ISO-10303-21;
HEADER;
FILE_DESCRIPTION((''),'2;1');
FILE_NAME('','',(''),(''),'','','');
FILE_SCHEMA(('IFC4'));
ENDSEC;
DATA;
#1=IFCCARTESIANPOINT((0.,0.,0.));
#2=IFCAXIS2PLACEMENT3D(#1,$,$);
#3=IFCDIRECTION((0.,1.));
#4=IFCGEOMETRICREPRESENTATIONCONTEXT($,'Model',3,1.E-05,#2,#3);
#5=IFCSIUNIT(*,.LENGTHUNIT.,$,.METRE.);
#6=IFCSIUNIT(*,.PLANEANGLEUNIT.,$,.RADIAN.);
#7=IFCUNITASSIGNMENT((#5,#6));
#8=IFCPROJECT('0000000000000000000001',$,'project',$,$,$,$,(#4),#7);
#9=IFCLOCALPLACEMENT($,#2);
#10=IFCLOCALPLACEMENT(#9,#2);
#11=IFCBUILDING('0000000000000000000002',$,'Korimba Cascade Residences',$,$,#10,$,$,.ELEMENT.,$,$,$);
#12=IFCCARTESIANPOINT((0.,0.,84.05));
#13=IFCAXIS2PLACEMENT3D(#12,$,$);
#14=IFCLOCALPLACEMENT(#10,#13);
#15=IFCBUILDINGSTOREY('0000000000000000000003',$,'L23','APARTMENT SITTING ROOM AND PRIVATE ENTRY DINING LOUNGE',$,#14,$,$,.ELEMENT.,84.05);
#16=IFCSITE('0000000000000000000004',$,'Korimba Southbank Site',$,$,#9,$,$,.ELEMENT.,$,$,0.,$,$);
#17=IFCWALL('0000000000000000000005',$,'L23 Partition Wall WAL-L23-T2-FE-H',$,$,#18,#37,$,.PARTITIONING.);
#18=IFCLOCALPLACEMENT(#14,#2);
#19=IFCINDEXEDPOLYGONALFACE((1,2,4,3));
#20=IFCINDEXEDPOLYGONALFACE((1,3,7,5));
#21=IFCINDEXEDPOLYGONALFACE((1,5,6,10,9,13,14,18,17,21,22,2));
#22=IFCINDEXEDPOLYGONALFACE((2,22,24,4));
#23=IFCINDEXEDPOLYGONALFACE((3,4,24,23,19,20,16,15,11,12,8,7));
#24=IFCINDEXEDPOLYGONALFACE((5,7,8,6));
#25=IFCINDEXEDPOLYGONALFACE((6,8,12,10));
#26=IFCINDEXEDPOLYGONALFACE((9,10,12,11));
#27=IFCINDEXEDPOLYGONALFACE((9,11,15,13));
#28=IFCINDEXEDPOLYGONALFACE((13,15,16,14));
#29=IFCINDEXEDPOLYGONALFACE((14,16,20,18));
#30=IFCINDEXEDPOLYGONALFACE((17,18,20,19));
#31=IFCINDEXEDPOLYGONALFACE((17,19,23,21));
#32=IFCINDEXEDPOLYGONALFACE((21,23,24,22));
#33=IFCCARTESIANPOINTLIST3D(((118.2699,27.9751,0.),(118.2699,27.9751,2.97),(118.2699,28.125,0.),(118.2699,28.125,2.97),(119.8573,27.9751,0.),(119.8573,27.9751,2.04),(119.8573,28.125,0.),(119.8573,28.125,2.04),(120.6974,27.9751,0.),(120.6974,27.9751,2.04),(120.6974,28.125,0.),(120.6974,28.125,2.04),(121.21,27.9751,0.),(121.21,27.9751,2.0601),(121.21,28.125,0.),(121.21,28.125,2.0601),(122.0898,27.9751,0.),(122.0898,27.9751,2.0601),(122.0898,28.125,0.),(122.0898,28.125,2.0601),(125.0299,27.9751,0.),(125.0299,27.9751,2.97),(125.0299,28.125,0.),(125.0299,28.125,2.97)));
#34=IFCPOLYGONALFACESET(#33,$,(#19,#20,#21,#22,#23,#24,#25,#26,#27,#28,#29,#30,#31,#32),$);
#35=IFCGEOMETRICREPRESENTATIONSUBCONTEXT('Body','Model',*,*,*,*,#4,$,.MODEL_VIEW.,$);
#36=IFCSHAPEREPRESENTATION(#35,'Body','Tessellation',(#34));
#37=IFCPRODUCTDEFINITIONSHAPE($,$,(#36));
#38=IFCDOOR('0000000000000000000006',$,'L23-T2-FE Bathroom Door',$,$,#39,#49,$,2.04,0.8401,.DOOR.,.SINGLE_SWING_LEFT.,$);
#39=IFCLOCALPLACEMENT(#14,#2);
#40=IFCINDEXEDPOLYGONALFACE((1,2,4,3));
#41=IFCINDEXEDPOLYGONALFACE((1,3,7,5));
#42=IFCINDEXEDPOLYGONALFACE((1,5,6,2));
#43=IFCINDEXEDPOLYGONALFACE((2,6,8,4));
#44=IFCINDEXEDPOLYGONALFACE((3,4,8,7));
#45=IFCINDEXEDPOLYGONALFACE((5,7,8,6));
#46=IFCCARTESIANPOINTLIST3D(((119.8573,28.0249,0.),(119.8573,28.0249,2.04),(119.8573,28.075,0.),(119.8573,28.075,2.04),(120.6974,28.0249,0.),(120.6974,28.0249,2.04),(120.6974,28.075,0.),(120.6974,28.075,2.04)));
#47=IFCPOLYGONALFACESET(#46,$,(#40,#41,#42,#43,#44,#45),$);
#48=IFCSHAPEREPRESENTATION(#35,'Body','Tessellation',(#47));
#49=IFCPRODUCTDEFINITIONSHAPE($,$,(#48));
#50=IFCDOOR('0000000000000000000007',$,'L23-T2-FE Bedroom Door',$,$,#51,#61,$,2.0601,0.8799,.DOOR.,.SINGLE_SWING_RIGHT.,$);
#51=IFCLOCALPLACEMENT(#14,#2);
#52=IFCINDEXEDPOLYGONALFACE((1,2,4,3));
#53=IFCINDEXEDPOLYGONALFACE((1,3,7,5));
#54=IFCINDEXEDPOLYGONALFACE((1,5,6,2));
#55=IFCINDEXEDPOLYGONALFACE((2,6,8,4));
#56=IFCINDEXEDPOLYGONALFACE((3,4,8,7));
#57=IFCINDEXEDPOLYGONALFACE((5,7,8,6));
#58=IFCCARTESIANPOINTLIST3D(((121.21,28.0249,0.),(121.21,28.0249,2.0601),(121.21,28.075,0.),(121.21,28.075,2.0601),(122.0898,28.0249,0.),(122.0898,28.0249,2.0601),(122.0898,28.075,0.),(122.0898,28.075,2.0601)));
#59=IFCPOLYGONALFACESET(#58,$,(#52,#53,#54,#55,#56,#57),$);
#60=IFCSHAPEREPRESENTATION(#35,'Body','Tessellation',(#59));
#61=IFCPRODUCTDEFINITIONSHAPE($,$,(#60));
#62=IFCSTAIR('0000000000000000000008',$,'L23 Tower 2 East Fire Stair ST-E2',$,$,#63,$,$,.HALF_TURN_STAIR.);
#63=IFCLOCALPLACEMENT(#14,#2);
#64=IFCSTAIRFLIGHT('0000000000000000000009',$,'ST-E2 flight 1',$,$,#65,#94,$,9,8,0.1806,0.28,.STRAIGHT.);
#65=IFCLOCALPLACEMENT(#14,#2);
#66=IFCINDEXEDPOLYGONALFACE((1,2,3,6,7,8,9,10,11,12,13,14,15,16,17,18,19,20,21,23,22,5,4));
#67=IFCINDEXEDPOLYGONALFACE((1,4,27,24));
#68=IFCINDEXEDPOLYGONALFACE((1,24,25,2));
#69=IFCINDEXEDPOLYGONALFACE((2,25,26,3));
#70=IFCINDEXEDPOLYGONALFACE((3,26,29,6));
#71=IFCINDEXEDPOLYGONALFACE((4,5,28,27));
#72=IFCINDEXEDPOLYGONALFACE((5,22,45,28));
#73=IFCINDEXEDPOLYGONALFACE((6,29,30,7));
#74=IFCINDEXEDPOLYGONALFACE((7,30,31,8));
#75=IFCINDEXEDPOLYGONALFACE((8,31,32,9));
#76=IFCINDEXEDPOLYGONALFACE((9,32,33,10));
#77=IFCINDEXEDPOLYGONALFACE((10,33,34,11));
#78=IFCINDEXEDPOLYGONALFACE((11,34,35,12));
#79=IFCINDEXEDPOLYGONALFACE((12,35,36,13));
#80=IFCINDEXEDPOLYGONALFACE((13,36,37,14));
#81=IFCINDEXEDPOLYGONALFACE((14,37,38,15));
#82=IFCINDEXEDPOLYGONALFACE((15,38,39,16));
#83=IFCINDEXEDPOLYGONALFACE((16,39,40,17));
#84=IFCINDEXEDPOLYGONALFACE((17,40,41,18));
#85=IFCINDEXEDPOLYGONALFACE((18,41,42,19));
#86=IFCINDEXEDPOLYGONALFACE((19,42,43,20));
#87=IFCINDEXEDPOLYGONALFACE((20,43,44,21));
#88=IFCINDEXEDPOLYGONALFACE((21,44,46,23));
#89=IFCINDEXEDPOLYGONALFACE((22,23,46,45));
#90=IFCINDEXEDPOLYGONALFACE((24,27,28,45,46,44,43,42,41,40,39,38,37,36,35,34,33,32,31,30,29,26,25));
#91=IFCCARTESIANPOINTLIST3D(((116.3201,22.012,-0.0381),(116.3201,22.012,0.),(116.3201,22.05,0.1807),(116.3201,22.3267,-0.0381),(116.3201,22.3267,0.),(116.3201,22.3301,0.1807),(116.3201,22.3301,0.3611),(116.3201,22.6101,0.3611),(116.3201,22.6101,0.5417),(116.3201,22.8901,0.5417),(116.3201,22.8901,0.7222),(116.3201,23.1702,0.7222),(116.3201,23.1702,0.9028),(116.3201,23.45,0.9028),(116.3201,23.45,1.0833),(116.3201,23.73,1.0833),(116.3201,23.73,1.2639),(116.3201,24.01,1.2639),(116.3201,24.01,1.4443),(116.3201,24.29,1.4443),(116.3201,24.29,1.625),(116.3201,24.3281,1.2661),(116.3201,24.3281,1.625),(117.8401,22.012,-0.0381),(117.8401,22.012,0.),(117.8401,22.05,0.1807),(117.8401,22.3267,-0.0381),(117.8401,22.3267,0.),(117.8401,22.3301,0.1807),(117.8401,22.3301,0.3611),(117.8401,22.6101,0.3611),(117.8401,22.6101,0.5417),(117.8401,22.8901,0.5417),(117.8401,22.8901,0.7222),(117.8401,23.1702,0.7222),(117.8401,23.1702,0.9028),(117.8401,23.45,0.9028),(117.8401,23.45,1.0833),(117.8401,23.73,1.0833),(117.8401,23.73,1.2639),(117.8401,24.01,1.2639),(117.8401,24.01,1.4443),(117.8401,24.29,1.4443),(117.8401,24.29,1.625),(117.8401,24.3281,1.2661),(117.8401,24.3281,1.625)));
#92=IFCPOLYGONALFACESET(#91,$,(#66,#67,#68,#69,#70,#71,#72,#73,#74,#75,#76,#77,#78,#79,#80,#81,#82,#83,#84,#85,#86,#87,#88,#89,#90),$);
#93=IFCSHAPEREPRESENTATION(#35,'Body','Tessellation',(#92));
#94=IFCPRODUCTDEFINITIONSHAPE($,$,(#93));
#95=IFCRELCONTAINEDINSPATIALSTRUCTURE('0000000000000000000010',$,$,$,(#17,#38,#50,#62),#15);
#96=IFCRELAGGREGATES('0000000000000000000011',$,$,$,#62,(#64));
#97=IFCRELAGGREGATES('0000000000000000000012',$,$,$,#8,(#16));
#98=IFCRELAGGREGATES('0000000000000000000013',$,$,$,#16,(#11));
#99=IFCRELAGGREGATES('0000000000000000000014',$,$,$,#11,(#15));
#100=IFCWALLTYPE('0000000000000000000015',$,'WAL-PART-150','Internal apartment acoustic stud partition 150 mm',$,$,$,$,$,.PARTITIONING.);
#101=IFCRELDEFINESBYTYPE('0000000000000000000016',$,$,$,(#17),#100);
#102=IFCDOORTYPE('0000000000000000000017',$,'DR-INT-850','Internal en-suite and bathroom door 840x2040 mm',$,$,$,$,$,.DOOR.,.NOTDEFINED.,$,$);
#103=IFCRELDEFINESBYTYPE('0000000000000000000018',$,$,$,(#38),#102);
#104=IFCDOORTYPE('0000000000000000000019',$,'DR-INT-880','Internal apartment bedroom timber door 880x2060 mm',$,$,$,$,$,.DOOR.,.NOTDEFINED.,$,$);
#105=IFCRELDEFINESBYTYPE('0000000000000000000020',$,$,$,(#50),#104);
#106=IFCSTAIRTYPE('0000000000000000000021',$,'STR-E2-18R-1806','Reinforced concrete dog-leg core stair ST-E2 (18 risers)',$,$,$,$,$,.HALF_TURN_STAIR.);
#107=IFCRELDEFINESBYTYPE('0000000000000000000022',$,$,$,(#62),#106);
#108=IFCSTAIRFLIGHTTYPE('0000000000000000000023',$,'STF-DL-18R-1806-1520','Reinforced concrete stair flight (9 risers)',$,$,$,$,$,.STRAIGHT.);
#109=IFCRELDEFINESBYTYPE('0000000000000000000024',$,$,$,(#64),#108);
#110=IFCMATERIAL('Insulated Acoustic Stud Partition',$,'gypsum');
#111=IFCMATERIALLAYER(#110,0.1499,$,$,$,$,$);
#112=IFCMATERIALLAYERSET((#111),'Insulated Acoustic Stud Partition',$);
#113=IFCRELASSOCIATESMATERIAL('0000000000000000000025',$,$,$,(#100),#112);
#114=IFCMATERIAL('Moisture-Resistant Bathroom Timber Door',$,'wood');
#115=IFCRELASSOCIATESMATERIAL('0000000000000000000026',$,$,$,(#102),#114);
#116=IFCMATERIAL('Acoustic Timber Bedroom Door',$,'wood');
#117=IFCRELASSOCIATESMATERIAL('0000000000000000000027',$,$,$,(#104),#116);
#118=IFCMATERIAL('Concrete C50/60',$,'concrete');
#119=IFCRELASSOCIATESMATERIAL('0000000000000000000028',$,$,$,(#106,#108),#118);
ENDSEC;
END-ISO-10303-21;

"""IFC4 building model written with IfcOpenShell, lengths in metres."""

from ifc_helpers import new_model, si_unit, direction, frame, frame_2d, origin, place, context, subcontext, project, spatial, polyline, rectangle, outline, extrude, material, layer, layer_set, type_object, element, fill, aggregate, save


model = new_model("IFC4")

# Units and contexts
model_context = context("Model", 3, precision=1e-05, world=origin(), true_north=direction((0.0, 1.0)))
body_context = subcontext(model_context, "Body", "Model", "MODEL_VIEW")
ifc_project = project(units=[si_unit("LENGTHUNIT", "METRE"), si_unit("PLANEANGLEUNIT", "RADIAN")], contexts=[model_context])

# Site, building, storey
site_placement = place(None, origin())
site = spatial("IfcSite", under=ifc_project, at=site_placement, Name="Korimba Southbank Site", CompositionType="ELEMENT", RefElevation=0.0)
building_placement = place(site_placement, origin())
building = spatial("IfcBuilding", under=site, at=building_placement, Name="Korimba Cascade Residences", CompositionType="ELEMENT")
storey_placement = place(building_placement, frame((0.0, 0.0, 84.05)))
storey = spatial("IfcBuildingStorey", under=building, at=storey_placement, Name="L23", Description="APARTMENT SITTING ROOM AND PRIVATE ENTRY DINING LOUNGE", CompositionType="ELEMENT", Elevation=84.05)

# Shared definitions
ifc_material_1 = material(Name="Insulated Acoustic Stud Partition", Category="gypsum")
ifc_layer_1 = layer(ifc_material_1, 0.1499)
ifc_layer_set_1 = layer_set([ifc_layer_1], Name="Insulated Acoustic Stud Partition")
wall_type_1 = type_object("IfcWallType", Name="WAL-PART-150", Description="Internal apartment acoustic stud partition 150 mm", PredefinedType="PARTITIONING", material=ifc_layer_set_1)
ifc_material_2 = material(Name="Moisture-Resistant Bathroom Timber Door", Category="wood")
door_type_1 = type_object("IfcDoorType", Name="DR-INT-850", Description="Internal en-suite and bathroom door 840x2040 mm", OperationType="NOTDEFINED", PredefinedType="DOOR", material=ifc_material_2)

# Wall, openings, doors
wall_1_placement = place(storey_placement, frame((118.27, 28.05, 0.0), z_axis=(0.0, 0.0, 1.0), x_axis=(1.0, 0.0, 0.0)))
wall_1 = element("IfcWall", 1, at=wall_1_placement, inside=storey, type_object=wall_type_1, Name="L23 Partition Wall WAL-L23-T2-FE-H", PredefinedType="PARTITIONING", context=body_context, shape_type="SweptSolid", body=[
    extrude(rectangle(XDim=6.76, YDim=0.1499, at=frame_2d((3.3799, 0.0))), origin(), (0.0, 0.0, 1.0), 2.97),
])
opening_1_placement = place(wall_1_placement, frame((1.5874, 0.0, 0.0)))
opening_1 = element("IfcOpeningElement", 2, at=opening_1_placement, cuts=wall_1, PredefinedType="OPENING", context=body_context, shape_type="SweptSolid", body=[
    extrude(rectangle(XDim=0.8401, YDim=2.04, at=frame_2d((0.4199, 1.02))), frame((0.0, 0.085, 0.0), z_axis=(0.0, -1.0, 0.0), x_axis=(1.0, 0.0, 0.0)), (0.0, 0.0, 1.0), 0.1699),
])
opening_2_placement = place(wall_1_placement, frame((2.9399, 0.0, 0.0)))
opening_2 = element("IfcOpeningElement", 3, at=opening_2_placement, cuts=wall_1, PredefinedType="OPENING", context=body_context, shape_type="SweptSolid", body=[
    extrude(rectangle(XDim=0.8799, YDim=2.0601, at=frame_2d((0.4399, 1.03))), frame((0.0, 0.085, 0.0), z_axis=(0.0, -1.0, 0.0), x_axis=(1.0, 0.0, 0.0)), (0.0, 0.0, 1.0), 0.1699),
])
door_1_placement = place(opening_1_placement, origin())
door_1 = element("IfcDoor", 4, at=door_1_placement, inside=storey, type_object=door_type_1, Name="L23-T2-FE Bathroom Door", OperationType="SINGLE_SWING_LEFT", OverallHeight=2.04, OverallWidth=0.8401, PredefinedType="DOOR", context=body_context, shape_type="SweptSolid", body=[
    extrude(rectangle(XDim=0.8401, YDim=2.04, at=frame_2d((0.4199, 1.02))), frame((0.0, 0.0249, 0.0), z_axis=(0.0, -1.0, 0.0), x_axis=(1.0, 0.0, 0.0)), (0.0, 0.0, 1.0), 0.05),
])
fill(opening_1, door_1)
ifc_material_3 = material(Name="Acoustic Timber Bedroom Door", Category="wood")
door_type_2 = type_object("IfcDoorType", Name="DR-INT-880", Description="Internal apartment bedroom timber door 880x2060 mm", OperationType="NOTDEFINED", PredefinedType="DOOR", material=ifc_material_3)
door_2_placement = place(opening_2_placement, origin())
door_2 = element("IfcDoor", 5, at=door_2_placement, inside=storey, type_object=door_type_2, Name="L23-T2-FE Bedroom Door", OperationType="SINGLE_SWING_RIGHT", OverallHeight=2.0601, OverallWidth=0.8799, PredefinedType="DOOR", context=body_context, shape_type="SweptSolid", body=[
    extrude(rectangle(XDim=0.8799, YDim=2.0601, at=frame_2d((0.4399, 1.03))), frame((0.0, 0.0249, 0.0), z_axis=(0.0, -1.0, 0.0), x_axis=(1.0, 0.0, 0.0)), (0.0, 0.0, 1.0), 0.05),
])
fill(opening_2, door_2)

# Stair, stair flight
ifc_material_4 = material(Name="Concrete C50/60", Category="concrete")
stair_type = type_object("IfcStairType", Name="STR-E2-18R-1806", Description="Reinforced concrete dog-leg core stair ST-E2 (18 risers)", PredefinedType="HALF_TURN_STAIR", material=ifc_material_4)
stair_placement = place(storey_placement, origin())
stair = element("IfcStair", 6, at=stair_placement, inside=storey, type_object=stair_type, Name="L23 Tower 2 East Fire Stair ST-E2", PredefinedType="HALF_TURN_STAIR")
stair_flight_type = type_object("IfcStairFlightType", Name="STF-DL-18R-1806-1520", Description="Reinforced concrete stair flight (9 risers)", PredefinedType="STRAIGHT", material=ifc_material_4)
stair_flight_placement = place(storey_placement, frame((117.0801, 22.05, 0.0), z_axis=(0.0, 0.0, 1.0), x_axis=(0.0, 1.0, 0.0)))
stair_flight = element("IfcStairFlight", 7, at=stair_flight_placement, type_object=stair_flight_type, Name="ST-E2 flight 1", NumberOfRisers=9, NumberOfTreads=8, PredefinedType="STRAIGHT", RiserHeight=0.1806, TreadLength=0.28, context=body_context, shape_type="SweptSolid", body=[
    extrude(outline(polyline([(-0.0381, 0.0), (0.0, 0.1807), (0.28, 0.1807), (0.28, 0.3611), (0.5601, 0.3611), (0.5601, 0.5417), (0.8401, 0.5417), (0.8401, 0.7222), (1.1201, 0.7222), (1.1201, 0.9028), (1.3999, 0.9028), (1.3999, 1.0833), (1.6799, 1.0833), (1.6799, 1.2639), (1.96, 1.2639), (1.96, 1.4443), (2.24, 1.4443), (2.24, 1.625), (2.2781, 1.625), (2.2781, 1.2661), (0.2766, 0.0), (0.2766, -0.0381), (-0.0381, -0.0381), (-0.0381, 0.0)])), frame((0.0, 0.76, 0.0), z_axis=(0.0, -1.0, 0.0), x_axis=(1.0, 0.0, 0.0)), (0.0, 0.0, 1.0), 1.52),
])
aggregate(stair, [stair_flight])

save(model, "model.ifc")
